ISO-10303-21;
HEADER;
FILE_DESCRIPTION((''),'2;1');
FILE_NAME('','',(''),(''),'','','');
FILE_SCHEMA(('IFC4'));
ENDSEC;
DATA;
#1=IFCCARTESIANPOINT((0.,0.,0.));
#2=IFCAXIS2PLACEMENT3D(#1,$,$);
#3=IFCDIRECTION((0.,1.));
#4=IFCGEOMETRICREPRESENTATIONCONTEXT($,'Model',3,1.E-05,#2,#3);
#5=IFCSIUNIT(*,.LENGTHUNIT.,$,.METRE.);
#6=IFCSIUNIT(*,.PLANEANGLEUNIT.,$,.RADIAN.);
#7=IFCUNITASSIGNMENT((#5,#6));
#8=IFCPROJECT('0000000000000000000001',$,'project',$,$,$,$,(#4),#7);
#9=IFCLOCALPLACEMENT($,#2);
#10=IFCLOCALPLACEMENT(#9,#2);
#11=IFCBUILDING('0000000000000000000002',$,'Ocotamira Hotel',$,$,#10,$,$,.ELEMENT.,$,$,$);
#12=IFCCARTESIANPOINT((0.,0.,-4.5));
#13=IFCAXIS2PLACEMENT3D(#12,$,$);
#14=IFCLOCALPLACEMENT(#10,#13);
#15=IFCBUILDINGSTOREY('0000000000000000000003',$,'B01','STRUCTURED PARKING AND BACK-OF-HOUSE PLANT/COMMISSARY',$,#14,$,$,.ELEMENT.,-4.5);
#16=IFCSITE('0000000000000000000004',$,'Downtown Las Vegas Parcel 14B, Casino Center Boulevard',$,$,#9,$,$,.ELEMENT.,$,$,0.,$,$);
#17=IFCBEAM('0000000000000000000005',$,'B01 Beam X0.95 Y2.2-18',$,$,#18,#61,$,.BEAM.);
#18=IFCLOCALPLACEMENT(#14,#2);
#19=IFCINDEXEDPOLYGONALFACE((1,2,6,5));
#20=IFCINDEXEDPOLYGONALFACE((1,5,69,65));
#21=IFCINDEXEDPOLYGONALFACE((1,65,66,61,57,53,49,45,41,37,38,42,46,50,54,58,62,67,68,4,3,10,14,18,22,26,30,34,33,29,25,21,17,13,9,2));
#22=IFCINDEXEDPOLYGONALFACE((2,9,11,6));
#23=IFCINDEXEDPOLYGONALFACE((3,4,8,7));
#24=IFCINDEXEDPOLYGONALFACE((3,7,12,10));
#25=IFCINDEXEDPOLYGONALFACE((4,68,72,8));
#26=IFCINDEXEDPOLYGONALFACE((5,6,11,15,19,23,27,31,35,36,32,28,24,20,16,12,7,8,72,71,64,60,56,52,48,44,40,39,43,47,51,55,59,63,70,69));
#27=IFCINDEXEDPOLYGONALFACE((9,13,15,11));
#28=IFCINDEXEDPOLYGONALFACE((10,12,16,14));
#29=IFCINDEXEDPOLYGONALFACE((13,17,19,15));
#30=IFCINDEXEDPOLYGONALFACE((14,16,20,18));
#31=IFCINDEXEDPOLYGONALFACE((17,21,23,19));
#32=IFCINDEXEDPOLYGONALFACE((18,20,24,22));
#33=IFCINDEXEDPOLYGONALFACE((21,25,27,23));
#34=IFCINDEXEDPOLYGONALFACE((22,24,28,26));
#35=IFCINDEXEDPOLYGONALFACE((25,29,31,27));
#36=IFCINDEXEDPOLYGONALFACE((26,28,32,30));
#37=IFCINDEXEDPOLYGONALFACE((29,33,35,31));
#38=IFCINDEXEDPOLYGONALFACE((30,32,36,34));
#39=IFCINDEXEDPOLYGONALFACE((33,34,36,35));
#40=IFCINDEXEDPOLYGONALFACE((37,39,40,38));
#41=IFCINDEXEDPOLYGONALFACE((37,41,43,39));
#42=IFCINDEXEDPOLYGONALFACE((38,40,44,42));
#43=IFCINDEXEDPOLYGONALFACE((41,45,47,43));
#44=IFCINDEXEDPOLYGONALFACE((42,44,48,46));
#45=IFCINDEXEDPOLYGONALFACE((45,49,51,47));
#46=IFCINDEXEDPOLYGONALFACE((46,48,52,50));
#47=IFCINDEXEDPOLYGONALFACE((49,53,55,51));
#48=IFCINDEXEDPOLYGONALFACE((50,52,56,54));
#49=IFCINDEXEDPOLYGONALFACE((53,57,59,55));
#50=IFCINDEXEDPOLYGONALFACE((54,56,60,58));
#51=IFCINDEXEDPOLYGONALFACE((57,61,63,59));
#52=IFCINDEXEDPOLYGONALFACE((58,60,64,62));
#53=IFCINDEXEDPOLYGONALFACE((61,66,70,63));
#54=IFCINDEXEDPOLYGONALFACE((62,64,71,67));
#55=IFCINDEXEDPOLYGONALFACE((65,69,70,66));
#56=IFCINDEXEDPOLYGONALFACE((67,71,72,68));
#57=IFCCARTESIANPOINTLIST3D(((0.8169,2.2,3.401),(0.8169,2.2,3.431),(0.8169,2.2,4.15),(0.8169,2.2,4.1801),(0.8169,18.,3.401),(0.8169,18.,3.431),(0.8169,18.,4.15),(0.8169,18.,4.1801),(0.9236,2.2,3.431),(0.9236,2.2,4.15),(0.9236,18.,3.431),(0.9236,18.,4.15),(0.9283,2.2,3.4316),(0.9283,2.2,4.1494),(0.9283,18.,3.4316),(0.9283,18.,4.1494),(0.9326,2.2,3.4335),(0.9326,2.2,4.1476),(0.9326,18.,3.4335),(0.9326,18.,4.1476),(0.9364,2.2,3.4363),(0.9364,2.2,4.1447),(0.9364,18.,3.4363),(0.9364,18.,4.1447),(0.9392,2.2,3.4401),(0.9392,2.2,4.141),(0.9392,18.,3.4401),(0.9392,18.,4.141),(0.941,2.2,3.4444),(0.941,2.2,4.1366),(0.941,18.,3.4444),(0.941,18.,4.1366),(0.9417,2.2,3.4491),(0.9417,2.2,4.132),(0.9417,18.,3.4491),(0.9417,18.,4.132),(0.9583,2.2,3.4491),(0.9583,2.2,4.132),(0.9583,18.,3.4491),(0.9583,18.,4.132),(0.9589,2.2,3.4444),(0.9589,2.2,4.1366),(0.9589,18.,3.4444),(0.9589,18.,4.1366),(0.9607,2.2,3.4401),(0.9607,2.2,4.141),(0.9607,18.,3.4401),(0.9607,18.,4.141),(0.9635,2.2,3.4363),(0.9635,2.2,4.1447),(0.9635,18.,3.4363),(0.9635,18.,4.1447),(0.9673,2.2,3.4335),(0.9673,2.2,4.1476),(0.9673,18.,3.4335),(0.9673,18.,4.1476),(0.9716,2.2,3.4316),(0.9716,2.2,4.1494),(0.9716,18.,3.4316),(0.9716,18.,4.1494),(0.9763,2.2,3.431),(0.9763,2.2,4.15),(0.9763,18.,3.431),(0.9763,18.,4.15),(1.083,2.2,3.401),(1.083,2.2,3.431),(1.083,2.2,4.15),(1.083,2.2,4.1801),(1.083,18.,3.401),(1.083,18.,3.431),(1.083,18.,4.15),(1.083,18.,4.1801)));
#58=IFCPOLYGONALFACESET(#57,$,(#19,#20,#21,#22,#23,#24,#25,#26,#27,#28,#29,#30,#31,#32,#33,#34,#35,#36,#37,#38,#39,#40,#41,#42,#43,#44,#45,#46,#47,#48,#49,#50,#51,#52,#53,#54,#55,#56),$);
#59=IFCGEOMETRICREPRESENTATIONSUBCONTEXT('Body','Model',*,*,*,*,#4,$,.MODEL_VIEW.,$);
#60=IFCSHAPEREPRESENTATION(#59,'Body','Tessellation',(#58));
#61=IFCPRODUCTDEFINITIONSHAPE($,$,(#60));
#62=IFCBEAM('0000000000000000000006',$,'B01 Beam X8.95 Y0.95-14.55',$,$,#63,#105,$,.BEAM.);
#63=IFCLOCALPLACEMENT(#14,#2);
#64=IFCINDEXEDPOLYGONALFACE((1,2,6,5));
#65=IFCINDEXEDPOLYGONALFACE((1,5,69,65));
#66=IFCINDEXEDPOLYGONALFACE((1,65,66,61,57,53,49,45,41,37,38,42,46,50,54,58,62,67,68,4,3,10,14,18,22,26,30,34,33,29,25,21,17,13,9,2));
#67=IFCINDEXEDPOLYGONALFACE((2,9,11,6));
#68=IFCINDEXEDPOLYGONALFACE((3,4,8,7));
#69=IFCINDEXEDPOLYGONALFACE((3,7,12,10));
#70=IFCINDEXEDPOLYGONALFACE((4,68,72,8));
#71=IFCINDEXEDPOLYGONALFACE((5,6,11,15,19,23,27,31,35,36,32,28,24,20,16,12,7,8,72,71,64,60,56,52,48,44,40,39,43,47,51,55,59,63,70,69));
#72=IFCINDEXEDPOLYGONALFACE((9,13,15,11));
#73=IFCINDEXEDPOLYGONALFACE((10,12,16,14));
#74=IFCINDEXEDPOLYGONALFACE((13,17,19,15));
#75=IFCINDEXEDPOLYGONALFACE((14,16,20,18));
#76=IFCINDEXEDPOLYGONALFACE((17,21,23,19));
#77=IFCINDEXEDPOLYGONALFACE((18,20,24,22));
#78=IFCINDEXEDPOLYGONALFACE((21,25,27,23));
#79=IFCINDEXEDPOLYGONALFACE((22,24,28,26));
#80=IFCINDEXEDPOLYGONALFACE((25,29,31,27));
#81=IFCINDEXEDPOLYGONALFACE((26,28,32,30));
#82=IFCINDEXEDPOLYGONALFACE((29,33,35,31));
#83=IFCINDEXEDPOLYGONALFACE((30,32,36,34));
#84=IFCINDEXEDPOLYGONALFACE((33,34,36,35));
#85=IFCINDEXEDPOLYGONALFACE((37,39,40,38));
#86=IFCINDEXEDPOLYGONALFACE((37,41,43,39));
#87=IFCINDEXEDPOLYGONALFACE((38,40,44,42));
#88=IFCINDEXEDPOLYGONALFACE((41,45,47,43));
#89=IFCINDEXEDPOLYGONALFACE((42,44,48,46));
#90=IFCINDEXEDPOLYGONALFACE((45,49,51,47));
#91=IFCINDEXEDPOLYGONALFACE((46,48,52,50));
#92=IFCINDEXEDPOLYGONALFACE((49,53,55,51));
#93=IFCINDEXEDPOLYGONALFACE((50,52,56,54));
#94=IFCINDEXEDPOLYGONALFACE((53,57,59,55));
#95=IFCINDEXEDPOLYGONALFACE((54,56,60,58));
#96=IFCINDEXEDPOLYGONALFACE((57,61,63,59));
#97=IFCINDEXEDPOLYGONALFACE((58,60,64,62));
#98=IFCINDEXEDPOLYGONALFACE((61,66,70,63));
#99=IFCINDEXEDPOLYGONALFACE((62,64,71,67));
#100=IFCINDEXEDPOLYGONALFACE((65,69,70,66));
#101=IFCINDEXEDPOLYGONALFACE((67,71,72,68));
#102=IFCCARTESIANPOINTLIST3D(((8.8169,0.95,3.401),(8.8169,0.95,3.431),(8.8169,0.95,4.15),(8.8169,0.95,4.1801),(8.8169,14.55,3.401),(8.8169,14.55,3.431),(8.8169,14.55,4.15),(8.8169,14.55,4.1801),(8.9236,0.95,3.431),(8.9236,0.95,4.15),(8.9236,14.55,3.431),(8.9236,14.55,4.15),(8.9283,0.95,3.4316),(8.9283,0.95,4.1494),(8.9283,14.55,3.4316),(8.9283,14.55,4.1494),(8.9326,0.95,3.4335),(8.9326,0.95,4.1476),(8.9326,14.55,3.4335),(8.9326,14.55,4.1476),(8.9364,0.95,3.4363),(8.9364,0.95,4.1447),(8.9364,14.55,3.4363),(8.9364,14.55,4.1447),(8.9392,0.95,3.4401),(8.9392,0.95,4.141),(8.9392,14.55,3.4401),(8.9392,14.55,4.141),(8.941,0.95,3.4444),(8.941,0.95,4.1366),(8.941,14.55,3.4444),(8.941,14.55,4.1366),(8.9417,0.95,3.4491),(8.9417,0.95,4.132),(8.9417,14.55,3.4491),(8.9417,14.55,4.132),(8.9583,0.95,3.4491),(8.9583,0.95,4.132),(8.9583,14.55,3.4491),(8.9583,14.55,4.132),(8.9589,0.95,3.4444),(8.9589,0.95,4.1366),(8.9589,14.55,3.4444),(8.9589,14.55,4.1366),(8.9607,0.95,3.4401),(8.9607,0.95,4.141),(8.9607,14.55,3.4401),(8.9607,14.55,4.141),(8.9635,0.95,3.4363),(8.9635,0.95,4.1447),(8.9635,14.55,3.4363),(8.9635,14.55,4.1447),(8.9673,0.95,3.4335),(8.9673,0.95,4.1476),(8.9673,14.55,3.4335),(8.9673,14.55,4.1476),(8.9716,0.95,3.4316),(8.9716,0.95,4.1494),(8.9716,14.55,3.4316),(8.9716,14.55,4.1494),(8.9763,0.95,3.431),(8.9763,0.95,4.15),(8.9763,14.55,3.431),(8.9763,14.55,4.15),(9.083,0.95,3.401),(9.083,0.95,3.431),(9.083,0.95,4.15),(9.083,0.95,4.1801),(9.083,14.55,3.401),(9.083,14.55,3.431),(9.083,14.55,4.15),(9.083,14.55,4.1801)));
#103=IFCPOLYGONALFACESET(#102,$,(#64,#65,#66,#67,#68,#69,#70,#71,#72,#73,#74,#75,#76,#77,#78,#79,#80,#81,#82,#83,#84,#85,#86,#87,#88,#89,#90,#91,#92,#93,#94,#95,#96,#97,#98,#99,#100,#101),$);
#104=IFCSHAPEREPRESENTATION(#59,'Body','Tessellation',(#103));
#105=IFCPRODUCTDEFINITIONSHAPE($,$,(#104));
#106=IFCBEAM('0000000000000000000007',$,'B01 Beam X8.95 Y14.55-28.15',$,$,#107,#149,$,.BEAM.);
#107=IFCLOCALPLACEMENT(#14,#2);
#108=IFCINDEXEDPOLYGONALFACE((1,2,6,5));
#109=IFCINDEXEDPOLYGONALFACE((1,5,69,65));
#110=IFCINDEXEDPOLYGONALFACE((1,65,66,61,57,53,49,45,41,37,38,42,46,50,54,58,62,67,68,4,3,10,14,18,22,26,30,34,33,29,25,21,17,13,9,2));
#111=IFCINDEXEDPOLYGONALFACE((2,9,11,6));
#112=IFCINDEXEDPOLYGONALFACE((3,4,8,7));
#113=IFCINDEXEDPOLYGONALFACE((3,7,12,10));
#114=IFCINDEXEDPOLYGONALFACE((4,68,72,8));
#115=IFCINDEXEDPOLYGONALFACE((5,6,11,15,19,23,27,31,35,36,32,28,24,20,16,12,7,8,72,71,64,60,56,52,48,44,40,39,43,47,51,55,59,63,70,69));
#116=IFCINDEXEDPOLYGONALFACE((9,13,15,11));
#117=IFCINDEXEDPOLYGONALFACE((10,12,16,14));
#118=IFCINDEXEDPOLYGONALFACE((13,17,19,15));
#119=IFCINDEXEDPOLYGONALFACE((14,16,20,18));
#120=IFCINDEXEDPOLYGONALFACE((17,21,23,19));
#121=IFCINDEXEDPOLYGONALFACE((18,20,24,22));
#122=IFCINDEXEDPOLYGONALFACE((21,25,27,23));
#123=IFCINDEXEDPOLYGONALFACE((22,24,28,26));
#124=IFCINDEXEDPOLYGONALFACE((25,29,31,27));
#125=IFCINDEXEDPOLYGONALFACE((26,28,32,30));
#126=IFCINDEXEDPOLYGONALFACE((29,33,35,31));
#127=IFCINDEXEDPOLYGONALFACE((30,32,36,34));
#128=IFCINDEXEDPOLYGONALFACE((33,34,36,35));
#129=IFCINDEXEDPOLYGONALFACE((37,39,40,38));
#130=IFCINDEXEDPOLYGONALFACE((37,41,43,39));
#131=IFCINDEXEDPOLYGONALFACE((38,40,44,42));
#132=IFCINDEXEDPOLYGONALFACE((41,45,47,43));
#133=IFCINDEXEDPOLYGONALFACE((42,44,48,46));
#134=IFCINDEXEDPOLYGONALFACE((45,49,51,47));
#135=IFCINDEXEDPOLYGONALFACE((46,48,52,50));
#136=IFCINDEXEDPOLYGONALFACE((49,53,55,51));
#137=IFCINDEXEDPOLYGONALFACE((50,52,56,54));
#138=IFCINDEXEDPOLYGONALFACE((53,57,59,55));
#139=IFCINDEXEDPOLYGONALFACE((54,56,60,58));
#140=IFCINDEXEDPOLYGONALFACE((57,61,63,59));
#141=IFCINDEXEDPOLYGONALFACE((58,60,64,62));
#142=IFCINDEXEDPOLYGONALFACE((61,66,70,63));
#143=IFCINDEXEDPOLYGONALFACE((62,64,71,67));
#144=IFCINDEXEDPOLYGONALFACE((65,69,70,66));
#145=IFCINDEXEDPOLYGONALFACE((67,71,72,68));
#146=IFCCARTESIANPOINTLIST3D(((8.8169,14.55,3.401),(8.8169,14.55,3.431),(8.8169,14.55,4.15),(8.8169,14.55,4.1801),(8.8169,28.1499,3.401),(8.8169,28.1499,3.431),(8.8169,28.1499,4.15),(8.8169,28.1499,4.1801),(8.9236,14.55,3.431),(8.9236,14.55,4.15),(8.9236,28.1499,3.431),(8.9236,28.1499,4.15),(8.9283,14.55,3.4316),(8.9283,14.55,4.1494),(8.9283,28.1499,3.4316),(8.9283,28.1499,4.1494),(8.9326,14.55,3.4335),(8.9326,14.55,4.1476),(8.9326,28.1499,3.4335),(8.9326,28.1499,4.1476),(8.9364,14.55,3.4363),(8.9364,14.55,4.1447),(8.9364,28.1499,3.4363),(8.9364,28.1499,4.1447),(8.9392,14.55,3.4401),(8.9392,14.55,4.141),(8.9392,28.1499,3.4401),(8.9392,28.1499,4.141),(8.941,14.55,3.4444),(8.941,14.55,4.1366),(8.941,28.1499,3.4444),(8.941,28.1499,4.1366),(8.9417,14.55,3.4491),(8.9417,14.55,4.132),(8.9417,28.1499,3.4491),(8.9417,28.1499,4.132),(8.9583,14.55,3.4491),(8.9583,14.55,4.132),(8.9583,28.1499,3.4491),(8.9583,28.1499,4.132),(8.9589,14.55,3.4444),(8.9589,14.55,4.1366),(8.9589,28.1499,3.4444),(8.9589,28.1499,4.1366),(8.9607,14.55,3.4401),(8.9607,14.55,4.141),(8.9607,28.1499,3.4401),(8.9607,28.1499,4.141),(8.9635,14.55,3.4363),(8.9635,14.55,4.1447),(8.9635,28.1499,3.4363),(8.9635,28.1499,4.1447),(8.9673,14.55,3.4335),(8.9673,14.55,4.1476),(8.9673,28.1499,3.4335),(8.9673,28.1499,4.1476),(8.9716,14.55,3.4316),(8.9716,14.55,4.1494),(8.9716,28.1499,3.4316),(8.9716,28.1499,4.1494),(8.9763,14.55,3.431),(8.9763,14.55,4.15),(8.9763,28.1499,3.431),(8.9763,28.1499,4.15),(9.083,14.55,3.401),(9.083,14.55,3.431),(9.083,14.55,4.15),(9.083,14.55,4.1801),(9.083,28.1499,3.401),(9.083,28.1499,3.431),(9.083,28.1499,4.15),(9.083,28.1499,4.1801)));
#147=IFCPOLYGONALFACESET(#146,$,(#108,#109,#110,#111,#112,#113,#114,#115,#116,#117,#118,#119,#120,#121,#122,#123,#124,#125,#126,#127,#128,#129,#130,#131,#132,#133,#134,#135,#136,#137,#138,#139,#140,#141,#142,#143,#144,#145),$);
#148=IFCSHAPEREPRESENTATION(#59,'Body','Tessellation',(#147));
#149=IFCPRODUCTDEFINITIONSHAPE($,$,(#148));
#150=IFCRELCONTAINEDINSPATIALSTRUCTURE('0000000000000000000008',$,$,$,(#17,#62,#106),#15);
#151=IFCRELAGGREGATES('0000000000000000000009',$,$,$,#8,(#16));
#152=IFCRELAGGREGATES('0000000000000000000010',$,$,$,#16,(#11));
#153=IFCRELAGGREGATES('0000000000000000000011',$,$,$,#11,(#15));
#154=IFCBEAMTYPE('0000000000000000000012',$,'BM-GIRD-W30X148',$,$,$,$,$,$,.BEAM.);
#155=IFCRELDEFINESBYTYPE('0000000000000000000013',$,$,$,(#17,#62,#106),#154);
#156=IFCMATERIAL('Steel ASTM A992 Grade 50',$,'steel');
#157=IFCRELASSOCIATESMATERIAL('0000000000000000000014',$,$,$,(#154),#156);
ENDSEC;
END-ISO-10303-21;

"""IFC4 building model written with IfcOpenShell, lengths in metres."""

from ifc_helpers import new_model, si_unit, direction, frame, origin, origin_2d, place, context, subcontext, project, spatial, i_section, extrude, source, transform, mapped, material, material_profile, profile_set, type_object, element, save


model = new_model("IFC4")

# Units and contexts
model_context = context("Model", 3, precision=1e-05, world=origin(), true_north=direction((0.0, 1.0)))
body_context = subcontext(model_context, "Body", "Model", "MODEL_VIEW")
ifc_project = project(units=[si_unit("LENGTHUNIT", "METRE"), si_unit("PLANEANGLEUNIT", "RADIAN")], contexts=[model_context])

# Site, building, storey
site_placement = place(None, origin())
site = spatial("IfcSite", under=ifc_project, at=site_placement, Name="Downtown Las Vegas Parcel 14B, Casino Center Boulevard", CompositionType="ELEMENT", RefElevation=0.0)
building_placement = place(site_placement, origin())
building = spatial("IfcBuilding", under=site, at=building_placement, Name="Ocotamira Hotel", CompositionType="ELEMENT")
storey_placement = place(building_placement, frame((0.0, 0.0, -4.5)))
storey = spatial("IfcBuildingStorey", under=building, at=storey_placement, Name="B01", Description="STRUCTURED PARKING AND BACK-OF-HOUSE PLANT/COMMISSARY", CompositionType="ELEMENT", Elevation=-4.5)

# Beams
ifc_material_1 = material(Name="Steel ASTM A992 Grade 50", Category="steel")
ifc_material_profile_1 = material_profile(ifc_material_1, i_section(OverallWidth=0.2661, OverallDepth=0.7791, WebThickness=0.0166, FlangeThickness=0.03, FilletRadius=0.0181, at=origin_2d()), Name="W30X148")
ifc_profile_set_1 = profile_set([ifc_material_profile_1], Name="Steel ASTM A992 Grade 50")
beam_type_1 = type_object("IfcBeamType", Name="BM-GIRD-W30X148", PredefinedType="BEAM", material=ifc_profile_set_1)
shared_shape_1 = source(origin(), body_context, "Body", "SweptSolid", [
    extrude(i_section(OverallWidth=0.2661, OverallDepth=0.7791, WebThickness=0.0166, FlangeThickness=0.03, FilletRadius=0.0181, at=origin_2d()), origin(), (0.0, 0.0, 1.0), 15.8),
])
beam_1_placement = place(storey_placement, frame((0.95, 2.2, 3.7905), z_axis=(0.0, 1.0, 0.0), x_axis=(-1.0, 0.0, 0.0)))
element("IfcBeam", 1, at=beam_1_placement, inside=storey, type_object=beam_type_1, Name="B01 Beam X0.95 Y2.2-18", PredefinedType="BEAM", context=body_context, shape_type="MappedRepresentation", body=[
    mapped(shared_shape_1, transform((0.0, 0.0, 0.0), scale=1.0)),
])
shared_shape_2 = source(origin(), body_context, "Body", "SweptSolid", [
    extrude(i_section(OverallWidth=0.2661, OverallDepth=0.7791, WebThickness=0.0166, FlangeThickness=0.03, FilletRadius=0.0181, at=origin_2d()), origin(), (0.0, 0.0, 1.0), 13.6001),
])
beam_2_placement = place(storey_placement, frame((8.95, 0.95, 3.7905), z_axis=(0.0, 1.0, 0.0), x_axis=(-1.0, 0.0, 0.0)))
element("IfcBeam", 2, at=beam_2_placement, inside=storey, type_object=beam_type_1, Name="B01 Beam X8.95 Y0.95-14.55", PredefinedType="BEAM", context=body_context, shape_type="MappedRepresentation", body=[
    mapped(shared_shape_2, transform((0.0, 0.0, 0.0), scale=1.0)),
])
shared_shape_3 = source(origin(), body_context, "Body", "SweptSolid", [
    extrude(i_section(OverallWidth=0.2661, OverallDepth=0.7791, WebThickness=0.0166, FlangeThickness=0.03, FilletRadius=0.0181, at=origin_2d()), origin(), (0.0, 0.0, 1.0), 13.5999),
])
beam_3_placement = place(storey_placement, frame((8.95, 14.55, 3.7905), z_axis=(0.0, 1.0, 0.0), x_axis=(-1.0, 0.0, 0.0)))
element("IfcBeam", 3, at=beam_3_placement, inside=storey, type_object=beam_type_1, Name="B01 Beam X8.95 Y14.55-28.15", PredefinedType="BEAM", context=body_context, shape_type="MappedRepresentation", body=[
    mapped(shared_shape_3, transform((0.0, 0.0, 0.0), scale=1.0)),
])

save(model, "model.ifc")
